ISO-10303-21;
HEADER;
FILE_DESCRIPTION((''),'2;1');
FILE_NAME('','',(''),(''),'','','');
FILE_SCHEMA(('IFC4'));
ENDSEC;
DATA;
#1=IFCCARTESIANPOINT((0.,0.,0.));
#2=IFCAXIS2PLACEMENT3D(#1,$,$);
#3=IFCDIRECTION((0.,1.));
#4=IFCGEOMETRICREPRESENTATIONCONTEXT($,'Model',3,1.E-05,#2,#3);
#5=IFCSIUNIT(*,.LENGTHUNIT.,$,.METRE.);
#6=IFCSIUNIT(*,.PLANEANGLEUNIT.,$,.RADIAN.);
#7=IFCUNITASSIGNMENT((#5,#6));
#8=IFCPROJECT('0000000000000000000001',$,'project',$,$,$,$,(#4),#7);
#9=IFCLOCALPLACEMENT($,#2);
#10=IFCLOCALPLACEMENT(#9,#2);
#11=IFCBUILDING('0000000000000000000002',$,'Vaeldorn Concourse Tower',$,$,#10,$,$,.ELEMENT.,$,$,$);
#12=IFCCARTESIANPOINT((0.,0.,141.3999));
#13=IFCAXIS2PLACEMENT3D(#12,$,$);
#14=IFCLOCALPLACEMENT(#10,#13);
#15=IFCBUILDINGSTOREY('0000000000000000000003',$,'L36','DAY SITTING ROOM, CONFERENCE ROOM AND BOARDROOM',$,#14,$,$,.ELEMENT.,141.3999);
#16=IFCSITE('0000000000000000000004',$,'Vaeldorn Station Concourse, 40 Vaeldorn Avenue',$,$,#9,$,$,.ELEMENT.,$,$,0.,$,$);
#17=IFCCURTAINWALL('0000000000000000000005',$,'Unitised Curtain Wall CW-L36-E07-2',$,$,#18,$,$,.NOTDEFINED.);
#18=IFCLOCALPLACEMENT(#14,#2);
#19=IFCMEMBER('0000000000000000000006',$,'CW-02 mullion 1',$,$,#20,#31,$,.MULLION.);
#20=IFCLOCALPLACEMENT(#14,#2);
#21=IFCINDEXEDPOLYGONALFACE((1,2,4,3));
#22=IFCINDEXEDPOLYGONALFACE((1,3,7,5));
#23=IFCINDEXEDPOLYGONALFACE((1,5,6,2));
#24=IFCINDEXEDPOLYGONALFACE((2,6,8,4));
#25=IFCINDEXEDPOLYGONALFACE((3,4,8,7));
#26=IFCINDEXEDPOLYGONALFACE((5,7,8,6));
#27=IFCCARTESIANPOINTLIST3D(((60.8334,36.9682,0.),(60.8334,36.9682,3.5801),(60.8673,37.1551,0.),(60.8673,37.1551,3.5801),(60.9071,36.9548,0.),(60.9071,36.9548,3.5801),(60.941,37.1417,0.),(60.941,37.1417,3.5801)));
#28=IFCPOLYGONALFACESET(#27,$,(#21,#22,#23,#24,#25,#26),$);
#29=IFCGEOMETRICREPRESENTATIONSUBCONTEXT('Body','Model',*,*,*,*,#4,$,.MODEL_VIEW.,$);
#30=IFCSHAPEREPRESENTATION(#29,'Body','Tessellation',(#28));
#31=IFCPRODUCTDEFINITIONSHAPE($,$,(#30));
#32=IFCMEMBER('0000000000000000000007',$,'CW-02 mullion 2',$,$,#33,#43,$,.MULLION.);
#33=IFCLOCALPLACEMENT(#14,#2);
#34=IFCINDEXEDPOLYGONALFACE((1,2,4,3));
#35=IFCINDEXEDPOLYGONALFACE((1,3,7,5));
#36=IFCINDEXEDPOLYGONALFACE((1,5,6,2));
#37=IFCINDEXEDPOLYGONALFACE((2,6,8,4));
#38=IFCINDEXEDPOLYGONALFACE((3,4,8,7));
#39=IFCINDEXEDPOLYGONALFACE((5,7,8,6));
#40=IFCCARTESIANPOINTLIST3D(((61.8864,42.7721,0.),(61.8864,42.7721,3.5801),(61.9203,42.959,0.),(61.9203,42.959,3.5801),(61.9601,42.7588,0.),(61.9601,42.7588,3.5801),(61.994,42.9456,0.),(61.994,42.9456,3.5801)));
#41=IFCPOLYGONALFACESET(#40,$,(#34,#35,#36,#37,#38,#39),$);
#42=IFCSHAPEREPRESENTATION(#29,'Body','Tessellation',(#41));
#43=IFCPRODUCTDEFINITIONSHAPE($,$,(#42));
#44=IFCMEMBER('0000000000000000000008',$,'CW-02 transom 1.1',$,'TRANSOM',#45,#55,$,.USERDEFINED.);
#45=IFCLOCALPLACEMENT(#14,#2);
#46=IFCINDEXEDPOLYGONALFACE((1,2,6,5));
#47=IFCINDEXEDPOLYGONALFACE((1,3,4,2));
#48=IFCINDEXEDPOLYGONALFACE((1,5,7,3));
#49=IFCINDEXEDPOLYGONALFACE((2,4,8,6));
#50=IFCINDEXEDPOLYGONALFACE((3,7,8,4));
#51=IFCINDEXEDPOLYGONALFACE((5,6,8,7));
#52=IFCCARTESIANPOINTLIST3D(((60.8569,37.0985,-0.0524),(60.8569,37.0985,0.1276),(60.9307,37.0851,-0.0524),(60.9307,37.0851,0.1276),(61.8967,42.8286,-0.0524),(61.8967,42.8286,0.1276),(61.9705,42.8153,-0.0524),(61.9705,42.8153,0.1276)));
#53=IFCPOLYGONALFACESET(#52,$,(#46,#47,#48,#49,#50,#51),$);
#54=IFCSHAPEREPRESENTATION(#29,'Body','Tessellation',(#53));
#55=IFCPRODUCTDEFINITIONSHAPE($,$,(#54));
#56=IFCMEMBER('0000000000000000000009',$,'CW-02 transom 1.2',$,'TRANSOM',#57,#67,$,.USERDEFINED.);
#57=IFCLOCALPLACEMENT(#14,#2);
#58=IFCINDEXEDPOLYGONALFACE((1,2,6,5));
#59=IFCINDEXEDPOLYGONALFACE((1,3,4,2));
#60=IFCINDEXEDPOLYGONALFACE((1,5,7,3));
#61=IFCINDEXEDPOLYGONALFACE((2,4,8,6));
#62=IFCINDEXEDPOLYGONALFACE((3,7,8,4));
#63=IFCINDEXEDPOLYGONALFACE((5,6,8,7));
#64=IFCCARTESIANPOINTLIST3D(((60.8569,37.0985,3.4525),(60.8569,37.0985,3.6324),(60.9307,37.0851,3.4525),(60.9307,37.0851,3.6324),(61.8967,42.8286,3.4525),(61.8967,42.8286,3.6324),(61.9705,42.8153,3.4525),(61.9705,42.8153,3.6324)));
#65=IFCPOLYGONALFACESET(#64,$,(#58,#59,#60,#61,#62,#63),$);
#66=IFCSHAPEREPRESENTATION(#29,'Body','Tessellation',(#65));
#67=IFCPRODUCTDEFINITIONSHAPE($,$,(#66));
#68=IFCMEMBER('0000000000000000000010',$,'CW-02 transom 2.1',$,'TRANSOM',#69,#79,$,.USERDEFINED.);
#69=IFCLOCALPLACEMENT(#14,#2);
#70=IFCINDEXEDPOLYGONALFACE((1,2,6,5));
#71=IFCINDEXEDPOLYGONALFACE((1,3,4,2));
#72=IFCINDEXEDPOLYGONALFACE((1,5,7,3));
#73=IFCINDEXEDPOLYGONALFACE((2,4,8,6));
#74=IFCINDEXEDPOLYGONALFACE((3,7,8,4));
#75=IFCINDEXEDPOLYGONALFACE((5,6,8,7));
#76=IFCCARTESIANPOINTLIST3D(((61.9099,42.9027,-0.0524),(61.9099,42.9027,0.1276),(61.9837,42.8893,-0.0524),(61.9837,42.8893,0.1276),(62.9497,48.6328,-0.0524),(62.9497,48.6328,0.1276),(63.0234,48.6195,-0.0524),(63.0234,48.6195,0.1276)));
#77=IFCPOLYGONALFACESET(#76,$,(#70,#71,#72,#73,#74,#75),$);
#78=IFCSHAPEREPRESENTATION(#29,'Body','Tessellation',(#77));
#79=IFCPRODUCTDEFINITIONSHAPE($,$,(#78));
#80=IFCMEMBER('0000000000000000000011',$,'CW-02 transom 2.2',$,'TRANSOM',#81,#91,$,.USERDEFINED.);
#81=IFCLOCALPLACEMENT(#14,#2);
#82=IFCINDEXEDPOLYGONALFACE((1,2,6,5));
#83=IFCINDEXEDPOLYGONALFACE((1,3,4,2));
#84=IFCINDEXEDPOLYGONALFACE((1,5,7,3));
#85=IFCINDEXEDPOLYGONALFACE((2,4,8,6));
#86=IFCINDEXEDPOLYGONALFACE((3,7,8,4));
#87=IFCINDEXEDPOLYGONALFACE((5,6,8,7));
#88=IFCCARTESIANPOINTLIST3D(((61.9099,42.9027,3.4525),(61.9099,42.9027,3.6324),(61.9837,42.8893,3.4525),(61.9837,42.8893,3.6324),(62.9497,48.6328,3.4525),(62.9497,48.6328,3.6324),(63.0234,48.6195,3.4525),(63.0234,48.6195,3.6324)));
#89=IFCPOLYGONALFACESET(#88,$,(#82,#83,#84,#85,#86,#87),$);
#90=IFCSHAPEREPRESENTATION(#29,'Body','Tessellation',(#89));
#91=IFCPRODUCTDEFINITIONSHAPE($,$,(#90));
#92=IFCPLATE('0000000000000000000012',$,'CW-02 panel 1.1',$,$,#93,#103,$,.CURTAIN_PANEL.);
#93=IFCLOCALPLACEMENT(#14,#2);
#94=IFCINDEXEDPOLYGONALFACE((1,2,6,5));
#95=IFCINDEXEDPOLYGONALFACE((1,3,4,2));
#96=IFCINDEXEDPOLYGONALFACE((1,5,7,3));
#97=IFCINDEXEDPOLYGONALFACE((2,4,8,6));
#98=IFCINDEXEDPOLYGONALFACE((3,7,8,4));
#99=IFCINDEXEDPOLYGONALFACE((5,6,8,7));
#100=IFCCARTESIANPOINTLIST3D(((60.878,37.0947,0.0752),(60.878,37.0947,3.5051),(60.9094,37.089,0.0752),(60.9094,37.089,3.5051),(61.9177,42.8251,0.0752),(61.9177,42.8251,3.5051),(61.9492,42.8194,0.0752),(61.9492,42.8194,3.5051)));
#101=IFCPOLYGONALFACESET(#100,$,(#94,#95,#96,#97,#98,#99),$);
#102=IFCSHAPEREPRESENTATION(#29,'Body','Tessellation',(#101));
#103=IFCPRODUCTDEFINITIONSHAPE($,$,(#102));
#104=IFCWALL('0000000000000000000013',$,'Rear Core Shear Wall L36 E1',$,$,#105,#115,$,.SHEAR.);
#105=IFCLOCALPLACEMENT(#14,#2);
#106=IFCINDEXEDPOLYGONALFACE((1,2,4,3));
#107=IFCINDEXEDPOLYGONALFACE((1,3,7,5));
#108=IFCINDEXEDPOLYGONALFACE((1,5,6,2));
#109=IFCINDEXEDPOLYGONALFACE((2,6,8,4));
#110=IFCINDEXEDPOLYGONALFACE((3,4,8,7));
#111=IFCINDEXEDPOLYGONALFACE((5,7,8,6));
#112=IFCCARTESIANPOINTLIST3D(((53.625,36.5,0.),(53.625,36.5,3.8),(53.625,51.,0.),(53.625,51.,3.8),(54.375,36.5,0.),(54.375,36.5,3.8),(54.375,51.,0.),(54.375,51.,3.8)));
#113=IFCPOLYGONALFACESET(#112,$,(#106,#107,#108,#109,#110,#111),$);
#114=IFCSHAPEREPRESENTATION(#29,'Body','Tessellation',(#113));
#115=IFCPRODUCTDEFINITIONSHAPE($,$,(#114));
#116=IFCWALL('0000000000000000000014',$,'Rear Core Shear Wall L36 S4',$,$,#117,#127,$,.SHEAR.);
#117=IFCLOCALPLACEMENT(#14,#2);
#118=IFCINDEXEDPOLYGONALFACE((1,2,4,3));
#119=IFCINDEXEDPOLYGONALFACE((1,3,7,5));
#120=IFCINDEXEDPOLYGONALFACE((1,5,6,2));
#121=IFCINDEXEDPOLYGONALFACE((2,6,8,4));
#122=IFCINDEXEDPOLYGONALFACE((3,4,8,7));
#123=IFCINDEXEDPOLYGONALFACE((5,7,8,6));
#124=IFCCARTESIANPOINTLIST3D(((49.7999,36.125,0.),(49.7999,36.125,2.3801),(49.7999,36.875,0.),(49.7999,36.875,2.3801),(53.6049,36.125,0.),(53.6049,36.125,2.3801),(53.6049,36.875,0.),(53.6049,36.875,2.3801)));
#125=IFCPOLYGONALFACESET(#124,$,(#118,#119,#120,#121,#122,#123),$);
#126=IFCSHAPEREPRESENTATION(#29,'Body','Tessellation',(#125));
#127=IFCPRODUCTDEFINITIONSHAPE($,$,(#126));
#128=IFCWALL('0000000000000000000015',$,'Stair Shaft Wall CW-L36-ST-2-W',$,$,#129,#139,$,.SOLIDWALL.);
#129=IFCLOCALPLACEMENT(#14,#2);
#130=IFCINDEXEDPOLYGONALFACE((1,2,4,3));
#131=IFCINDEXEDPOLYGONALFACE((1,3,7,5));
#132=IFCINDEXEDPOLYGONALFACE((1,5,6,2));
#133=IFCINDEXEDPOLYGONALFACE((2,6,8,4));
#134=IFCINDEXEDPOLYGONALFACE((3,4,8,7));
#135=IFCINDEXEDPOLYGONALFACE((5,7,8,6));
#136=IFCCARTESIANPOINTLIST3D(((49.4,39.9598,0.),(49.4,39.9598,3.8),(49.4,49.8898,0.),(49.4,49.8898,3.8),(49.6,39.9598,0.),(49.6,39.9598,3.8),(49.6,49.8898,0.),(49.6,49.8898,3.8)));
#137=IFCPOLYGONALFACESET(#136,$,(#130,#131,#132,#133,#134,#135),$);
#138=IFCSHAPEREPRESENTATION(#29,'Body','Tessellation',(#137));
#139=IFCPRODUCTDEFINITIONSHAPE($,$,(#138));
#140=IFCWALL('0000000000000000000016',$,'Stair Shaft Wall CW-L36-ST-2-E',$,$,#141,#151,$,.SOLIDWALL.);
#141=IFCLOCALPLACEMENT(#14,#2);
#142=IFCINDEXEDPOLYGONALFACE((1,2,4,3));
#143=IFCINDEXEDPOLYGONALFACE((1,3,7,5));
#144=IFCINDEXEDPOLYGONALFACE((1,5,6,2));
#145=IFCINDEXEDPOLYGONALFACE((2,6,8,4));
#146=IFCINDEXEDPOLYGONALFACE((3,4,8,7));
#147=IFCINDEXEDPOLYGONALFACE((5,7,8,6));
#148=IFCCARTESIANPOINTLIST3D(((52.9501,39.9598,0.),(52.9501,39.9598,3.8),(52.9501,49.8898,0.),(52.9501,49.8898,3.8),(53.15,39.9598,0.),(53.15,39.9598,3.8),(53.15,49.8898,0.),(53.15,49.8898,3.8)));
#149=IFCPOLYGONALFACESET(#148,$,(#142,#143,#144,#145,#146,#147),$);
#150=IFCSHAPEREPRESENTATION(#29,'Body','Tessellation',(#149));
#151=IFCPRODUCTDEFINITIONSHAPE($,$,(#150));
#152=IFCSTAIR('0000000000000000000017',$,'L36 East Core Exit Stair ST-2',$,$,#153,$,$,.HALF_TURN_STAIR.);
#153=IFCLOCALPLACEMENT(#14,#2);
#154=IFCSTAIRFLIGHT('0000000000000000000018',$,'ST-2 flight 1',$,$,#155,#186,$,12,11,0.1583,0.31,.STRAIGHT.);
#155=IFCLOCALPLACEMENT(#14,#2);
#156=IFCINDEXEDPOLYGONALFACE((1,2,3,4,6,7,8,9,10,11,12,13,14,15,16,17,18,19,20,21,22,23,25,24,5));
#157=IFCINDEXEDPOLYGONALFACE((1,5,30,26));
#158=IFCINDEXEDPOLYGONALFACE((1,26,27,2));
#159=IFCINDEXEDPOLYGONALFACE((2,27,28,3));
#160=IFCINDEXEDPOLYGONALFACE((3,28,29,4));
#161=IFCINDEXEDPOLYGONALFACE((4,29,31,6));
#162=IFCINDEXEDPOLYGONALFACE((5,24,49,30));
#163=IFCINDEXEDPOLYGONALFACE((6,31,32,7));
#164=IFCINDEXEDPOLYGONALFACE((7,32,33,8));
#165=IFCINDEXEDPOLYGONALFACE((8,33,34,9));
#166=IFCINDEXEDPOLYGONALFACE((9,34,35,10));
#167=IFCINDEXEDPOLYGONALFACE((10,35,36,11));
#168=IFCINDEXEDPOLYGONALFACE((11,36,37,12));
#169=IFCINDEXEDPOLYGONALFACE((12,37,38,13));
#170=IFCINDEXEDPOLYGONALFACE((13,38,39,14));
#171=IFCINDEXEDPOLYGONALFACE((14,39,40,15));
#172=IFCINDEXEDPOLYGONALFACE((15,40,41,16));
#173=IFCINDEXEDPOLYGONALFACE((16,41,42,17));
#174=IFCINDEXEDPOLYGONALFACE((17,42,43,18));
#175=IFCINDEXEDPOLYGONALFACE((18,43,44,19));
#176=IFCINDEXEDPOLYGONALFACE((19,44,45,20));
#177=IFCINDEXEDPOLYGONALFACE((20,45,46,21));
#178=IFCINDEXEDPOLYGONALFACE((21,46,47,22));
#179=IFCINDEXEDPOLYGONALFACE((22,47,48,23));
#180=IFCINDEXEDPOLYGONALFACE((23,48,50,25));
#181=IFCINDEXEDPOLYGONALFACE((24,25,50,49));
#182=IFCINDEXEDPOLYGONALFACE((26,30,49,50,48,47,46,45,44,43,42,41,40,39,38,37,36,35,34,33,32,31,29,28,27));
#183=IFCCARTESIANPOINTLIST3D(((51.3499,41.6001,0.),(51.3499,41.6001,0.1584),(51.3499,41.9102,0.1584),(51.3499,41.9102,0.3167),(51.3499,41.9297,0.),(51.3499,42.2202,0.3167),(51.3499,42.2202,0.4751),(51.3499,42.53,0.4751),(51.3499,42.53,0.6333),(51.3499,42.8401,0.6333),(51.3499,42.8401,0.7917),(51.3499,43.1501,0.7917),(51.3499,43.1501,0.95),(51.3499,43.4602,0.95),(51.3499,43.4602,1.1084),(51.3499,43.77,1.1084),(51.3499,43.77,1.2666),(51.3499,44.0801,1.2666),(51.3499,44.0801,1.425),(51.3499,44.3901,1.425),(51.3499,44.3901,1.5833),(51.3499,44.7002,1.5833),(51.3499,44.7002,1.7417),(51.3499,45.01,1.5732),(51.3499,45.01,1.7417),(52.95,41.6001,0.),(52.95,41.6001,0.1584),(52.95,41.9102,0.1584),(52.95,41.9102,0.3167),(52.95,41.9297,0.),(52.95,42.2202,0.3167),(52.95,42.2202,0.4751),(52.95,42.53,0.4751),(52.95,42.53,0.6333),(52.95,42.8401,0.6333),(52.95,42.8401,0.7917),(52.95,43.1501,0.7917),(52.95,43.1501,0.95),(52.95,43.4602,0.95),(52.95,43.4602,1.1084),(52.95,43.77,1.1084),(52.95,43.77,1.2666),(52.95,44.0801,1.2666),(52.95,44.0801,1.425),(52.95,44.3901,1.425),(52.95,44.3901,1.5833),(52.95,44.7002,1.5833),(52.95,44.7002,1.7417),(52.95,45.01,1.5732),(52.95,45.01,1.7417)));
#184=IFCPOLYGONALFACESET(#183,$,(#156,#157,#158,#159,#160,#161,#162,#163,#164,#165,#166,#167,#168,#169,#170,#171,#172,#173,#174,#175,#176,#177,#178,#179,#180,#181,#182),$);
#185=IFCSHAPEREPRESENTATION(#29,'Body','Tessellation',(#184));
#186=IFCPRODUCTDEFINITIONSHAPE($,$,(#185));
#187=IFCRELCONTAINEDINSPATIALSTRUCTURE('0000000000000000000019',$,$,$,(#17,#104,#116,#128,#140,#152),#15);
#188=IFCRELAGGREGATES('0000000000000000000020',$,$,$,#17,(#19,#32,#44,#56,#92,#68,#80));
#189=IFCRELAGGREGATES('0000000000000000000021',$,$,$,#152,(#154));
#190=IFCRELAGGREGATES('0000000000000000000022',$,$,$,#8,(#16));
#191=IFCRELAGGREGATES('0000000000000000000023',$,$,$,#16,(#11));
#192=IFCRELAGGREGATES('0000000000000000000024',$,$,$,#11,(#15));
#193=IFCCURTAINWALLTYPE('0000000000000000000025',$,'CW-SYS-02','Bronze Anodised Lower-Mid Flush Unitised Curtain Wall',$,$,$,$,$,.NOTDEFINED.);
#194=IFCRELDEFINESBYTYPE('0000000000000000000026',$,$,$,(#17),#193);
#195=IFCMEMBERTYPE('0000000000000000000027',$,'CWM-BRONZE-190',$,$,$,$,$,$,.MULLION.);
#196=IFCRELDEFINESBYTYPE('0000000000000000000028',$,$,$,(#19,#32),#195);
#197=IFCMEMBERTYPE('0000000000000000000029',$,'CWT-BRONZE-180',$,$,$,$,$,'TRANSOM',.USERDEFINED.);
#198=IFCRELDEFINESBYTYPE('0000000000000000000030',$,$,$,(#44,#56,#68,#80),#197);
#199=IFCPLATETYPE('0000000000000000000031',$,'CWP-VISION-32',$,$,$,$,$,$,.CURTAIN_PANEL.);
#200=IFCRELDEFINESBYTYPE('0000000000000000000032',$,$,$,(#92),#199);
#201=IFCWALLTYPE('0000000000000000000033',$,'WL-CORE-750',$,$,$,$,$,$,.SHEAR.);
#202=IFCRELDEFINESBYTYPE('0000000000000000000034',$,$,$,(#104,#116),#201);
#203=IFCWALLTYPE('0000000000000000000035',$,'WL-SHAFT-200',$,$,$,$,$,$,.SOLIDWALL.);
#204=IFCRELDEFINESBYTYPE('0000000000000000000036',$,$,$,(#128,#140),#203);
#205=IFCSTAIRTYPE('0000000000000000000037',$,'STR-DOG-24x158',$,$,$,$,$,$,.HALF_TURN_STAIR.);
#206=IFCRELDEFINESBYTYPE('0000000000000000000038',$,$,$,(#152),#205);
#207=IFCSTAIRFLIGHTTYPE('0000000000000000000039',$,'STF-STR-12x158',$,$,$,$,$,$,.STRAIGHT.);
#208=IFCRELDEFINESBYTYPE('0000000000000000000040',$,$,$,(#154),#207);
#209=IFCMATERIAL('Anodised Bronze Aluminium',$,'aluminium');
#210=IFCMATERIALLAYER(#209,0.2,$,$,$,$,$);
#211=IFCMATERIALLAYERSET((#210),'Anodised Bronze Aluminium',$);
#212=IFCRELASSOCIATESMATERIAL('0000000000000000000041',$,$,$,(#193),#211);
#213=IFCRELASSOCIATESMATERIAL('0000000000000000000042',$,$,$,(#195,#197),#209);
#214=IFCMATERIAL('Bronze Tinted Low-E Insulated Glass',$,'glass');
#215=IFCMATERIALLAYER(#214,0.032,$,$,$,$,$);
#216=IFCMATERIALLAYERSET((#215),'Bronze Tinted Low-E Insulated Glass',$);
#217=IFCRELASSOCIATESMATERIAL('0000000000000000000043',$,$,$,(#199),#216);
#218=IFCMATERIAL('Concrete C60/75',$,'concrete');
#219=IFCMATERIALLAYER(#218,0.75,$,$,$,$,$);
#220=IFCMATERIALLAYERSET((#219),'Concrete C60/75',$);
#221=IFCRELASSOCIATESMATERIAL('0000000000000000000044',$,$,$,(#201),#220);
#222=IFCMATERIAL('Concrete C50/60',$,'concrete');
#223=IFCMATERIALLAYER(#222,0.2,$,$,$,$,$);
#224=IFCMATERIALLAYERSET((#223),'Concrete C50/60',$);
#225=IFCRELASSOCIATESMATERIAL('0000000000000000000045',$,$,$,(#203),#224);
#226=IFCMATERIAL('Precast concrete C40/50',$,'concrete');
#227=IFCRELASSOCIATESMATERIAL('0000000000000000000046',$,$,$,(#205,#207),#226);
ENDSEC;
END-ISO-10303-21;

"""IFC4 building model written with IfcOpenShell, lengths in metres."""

from ifc_helpers import new_model, si_unit, direction, frame, frame_2d, origin, origin_2d, place, context, subcontext, project, spatial, polyline, rectangle, outline, extrude, source, transform, mapped, material, layer, layer_set, material_profile, profile_set, type_object, element, aggregate, save


model = new_model("IFC4")

# Units and contexts
model_context = context("Model", 3, precision=1e-05, world=origin(), true_north=direction((0.0, 1.0)))
body_context = subcontext(model_context, "Body", "Model", "MODEL_VIEW")
ifc_project = project(units=[si_unit("LENGTHUNIT", "METRE"), si_unit("PLANEANGLEUNIT", "RADIAN")], contexts=[model_context])

# Site, building, storey
site_placement = place(None, origin())
site = spatial("IfcSite", under=ifc_project, at=site_placement, Name="Vaeldorn Station Concourse, 40 Vaeldorn Avenue", CompositionType="ELEMENT", RefElevation=0.0)
building_placement = place(site_placement, origin())
building = spatial("IfcBuilding", under=site, at=building_placement, Name="Vaeldorn Concourse Tower", CompositionType="ELEMENT")
storey_placement = place(building_placement, frame((0.0, 0.0, 141.3999)))
storey = spatial("IfcBuildingStorey", under=building, at=storey_placement, Name="L36", Description="DAY SITTING ROOM, CONFERENCE ROOM AND BOARDROOM", CompositionType="ELEMENT", Elevation=141.3999)

# Shared definitions
ifc_material_1 = material(Name="Concrete C50/60", Category="concrete")

# Curtain wall, members, plate
ifc_material_2 = material(Name="Anodised Bronze Aluminium", Category="aluminium")
ifc_layer_1 = layer(ifc_material_2, 0.2)
ifc_layer_set_1 = layer_set([ifc_layer_1], Name="Anodised Bronze Aluminium")
curtain_wall_type = type_object("IfcCurtainWallType", Name="CW-SYS-02", Description="Bronze Anodised Lower-Mid Flush Unitised Curtain Wall", PredefinedType="NOTDEFINED", material=ifc_layer_set_1)
curtain_wall_placement = place(storey_placement, origin())
curtain_wall = element("IfcCurtainWall", 1, at=curtain_wall_placement, inside=storey, type_object=curtain_wall_type, Name="Unitised Curtain Wall CW-L36-E07-2", PredefinedType="NOTDEFINED")
ifc_material_profile_1 = material_profile(ifc_material_2, rectangle(XDim=0.075, YDim=0.1899, at=origin_2d()), Name="CWM 75x190")
ifc_profile_set_1 = profile_set([ifc_material_profile_1], Name="Anodised Bronze Aluminium")
member_type_1 = type_object("IfcMemberType", Name="CWM-BRONZE-190", PredefinedType="MULLION", material=ifc_profile_set_1)
shared_shape_1 = source(origin(), body_context, "Body", "SweptSolid", [
    extrude(rectangle(XDim=0.075, YDim=0.1899, at=origin_2d()), origin(), (0.0, 0.0, 1.0), 3.5801),
])
member_1_placement = place(storey_placement, frame((60.8872, 37.0549, 0.0), z_axis=(0.0, 0.0, 1.0), x_axis=(-0.983935, 0.178527, 0.0)))
member_1 = element("IfcMember", 2, at=member_1_placement, type_object=member_type_1, Name="CW-02 mullion 1", PredefinedType="MULLION", context=body_context, shape_type="MappedRepresentation", body=[
    mapped(shared_shape_1, transform((0.0, 0.0, 0.0), scale=1.0)),
])
member_2_placement = place(storey_placement, frame((61.9402, 42.8589, 0.0), z_axis=(0.0, 0.0, 1.0), x_axis=(-0.983935, 0.178527, 0.0)))
member_2 = element("IfcMember", 3, at=member_2_placement, type_object=member_type_1, Name="CW-02 mullion 2", PredefinedType="MULLION", context=body_context, shape_type="MappedRepresentation", body=[
    mapped(shared_shape_1, transform((0.0, 0.0, 0.0), scale=1.0)),
])
ifc_material_profile_2 = material_profile(ifc_material_2, rectangle(XDim=0.075, YDim=0.1799, at=origin_2d()), Name="CWT 75x180")
ifc_profile_set_2 = profile_set([ifc_material_profile_2], Name="Anodised Bronze Aluminium")
member_type_2 = type_object("IfcMemberType", Name="CWT-BRONZE-180", ElementType="TRANSOM", PredefinedType="USERDEFINED", material=ifc_profile_set_2)
shared_shape_2 = source(origin(), body_context, "Body", "SweptSolid", [
    extrude(rectangle(XDim=0.075, YDim=0.1799, at=origin_2d()), origin(), (0.0, 0.0, 1.0), 5.8237),
])
member_3_placement = place(storey_placement, frame((60.8938, 37.0918, 0.0376), z_axis=(0.178542, 0.983932, 0.0), x_axis=(-0.983932, 0.178542, 0.0)))
member_3 = element("IfcMember", 4, at=member_3_placement, type_object=member_type_2, Name="CW-02 transom 1.1", ObjectType="TRANSOM", PredefinedType="USERDEFINED", context=body_context, shape_type="MappedRepresentation", body=[
    mapped(shared_shape_2, transform((0.0, 0.0, 0.0), scale=1.0)),
])
member_4_placement = place(storey_placement, frame((60.8938, 37.0918, 3.5425), z_axis=(0.178542, 0.983932, 0.0), x_axis=(-0.983932, 0.178542, 0.0)))
member_4 = element("IfcMember", 5, at=member_4_placement, type_object=member_type_2, Name="CW-02 transom 1.2", ObjectType="TRANSOM", PredefinedType="USERDEFINED", context=body_context, shape_type="MappedRepresentation", body=[
    mapped(shared_shape_2, transform((0.0, 0.0, 0.0), scale=1.0)),
])
member_5_placement = place(storey_placement, frame((61.9468, 42.896, 0.0376), z_axis=(0.178542, 0.983932, 0.0), x_axis=(-0.983932, 0.178542, 0.0)))
member_5 = element("IfcMember", 6, at=member_5_placement, type_object=member_type_2, Name="CW-02 transom 2.1", ObjectType="TRANSOM", PredefinedType="USERDEFINED", context=body_context, shape_type="MappedRepresentation", body=[
    mapped(shared_shape_2, transform((0.0, 0.0, 0.0), scale=1.0)),
])
member_6_placement = place(storey_placement, frame((61.9468, 42.896, 3.5425), z_axis=(0.178542, 0.983932, 0.0), x_axis=(-0.983932, 0.178542, 0.0)))
member_6 = element("IfcMember", 7, at=member_6_placement, type_object=member_type_2, Name="CW-02 transom 2.2", ObjectType="TRANSOM", PredefinedType="USERDEFINED", context=body_context, shape_type="MappedRepresentation", body=[
    mapped(shared_shape_2, transform((0.0, 0.0, 0.0), scale=1.0)),
])
ifc_material_3 = material(Name="Bronze Tinted Low-E Insulated Glass", Category="glass")
ifc_layer_2 = layer(ifc_material_3, 0.032)
ifc_layer_set_2 = layer_set([ifc_layer_2], Name="Bronze Tinted Low-E Insulated Glass")
plate_type = type_object("IfcPlateType", Name="CWP-VISION-32", PredefinedType="CURTAIN_PANEL", material=ifc_layer_set_2)
shared_shape_3 = source(origin(), body_context, "Body", "SweptSolid", [
    extrude(rectangle(XDim=5.824, YDim=0.032, at=origin_2d()), origin(), (0.0, 0.0, 1.0), 3.4299),
])
plate_placement = place(storey_placement, frame((61.4136, 39.957, 0.0752), z_axis=(0.0, 0.0, 1.0), x_axis=(0.178527, 0.983935, 0.0)))
plate = element("IfcPlate", 8, at=plate_placement, type_object=plate_type, Name="CW-02 panel 1.1", PredefinedType="CURTAIN_PANEL", context=body_context, shape_type="MappedRepresentation", body=[
    mapped(shared_shape_3, transform((0.0, 0.0, 0.0), scale=1.0)),
])
aggregate(curtain_wall, [member_1, member_2, member_3, member_4, plate, member_5, member_6])

# Walls
ifc_material_4 = material(Name="Concrete C60/75", Category="concrete")
ifc_layer_3 = layer(ifc_material_4, 0.75)
ifc_layer_set_3 = layer_set([ifc_layer_3], Name="Concrete C60/75")
wall_type_1 = type_object("IfcWallType", Name="WL-CORE-750", PredefinedType="SHEAR", material=ifc_layer_set_3)
wall_1_placement = place(storey_placement, frame((54.0, 36.5, 0.0), z_axis=(0.0, 0.0, 1.0), x_axis=(0.0, 1.0, 0.0)))
element("IfcWall", 9, at=wall_1_placement, inside=storey, type_object=wall_type_1, Name="Rear Core Shear Wall L36 E1", PredefinedType="SHEAR", context=body_context, shape_type="SweptSolid", body=[
    extrude(rectangle(XDim=14.5, YDim=0.75, at=frame_2d((7.25, 0.0))), origin(), (0.0, 0.0, 1.0), 3.8),
])
wall_2_placement = place(storey_placement, frame((49.8, 36.5, 0.0), z_axis=(0.0, 0.0, 1.0), x_axis=(1.0, 0.0, 0.0)))
element("IfcWall", 10, at=wall_2_placement, inside=storey, type_object=wall_type_1, Name="Rear Core Shear Wall L36 S4", PredefinedType="SHEAR", context=body_context, shape_type="SweptSolid", body=[
    extrude(rectangle(XDim=3.8049, YDim=0.75, at=frame_2d((1.9023, 0.0))), origin(), (0.0, 0.0, 1.0), 2.3801),
])
ifc_layer_4 = layer(ifc_material_1, 0.2)
ifc_layer_set_4 = layer_set([ifc_layer_4], Name="Concrete C50/60")
wall_type_2 = type_object("IfcWallType", Name="WL-SHAFT-200", PredefinedType="SOLIDWALL", material=ifc_layer_set_4)
for number, where, z_axis, x_axis, name in (
    (11, (49.5, 39.96, 0.0), (0.0, 0.0, 1.0), (0.0, 1.0, 0.0), "Stair Shaft Wall CW-L36-ST-2-W"),
    (12, (53.05, 39.96, 0.0), (0.0, 0.0, 1.0), (0.0, 1.0, 0.0), "Stair Shaft Wall CW-L36-ST-2-E"),
):
    element("IfcWall", number, at=place(storey_placement, frame(where, z_axis=z_axis, x_axis=x_axis)), inside=storey, type_object=wall_type_2, Name=name, PredefinedType="SOLIDWALL", context=body_context, shape_type="SweptSolid", body=[
        extrude(rectangle(XDim=9.9299, YDim=0.2, at=frame_2d((4.9648, 0.0))), origin(), (0.0, 0.0, 1.0), 3.8),
    ])

# Stair, stair flight
ifc_material_5 = material(Name="Precast concrete C40/50", Category="concrete")
stair_type = type_object("IfcStairType", Name="STR-DOG-24x158", PredefinedType="HALF_TURN_STAIR", material=ifc_material_5)
stair_placement = place(storey_placement, origin())
stair = element("IfcStair", 13, at=stair_placement, inside=storey, type_object=stair_type, Name="L36 East Core Exit Stair ST-2", PredefinedType="HALF_TURN_STAIR")
stair_flight_type = type_object("IfcStairFlightType", Name="STF-STR-12x158", PredefinedType="STRAIGHT", material=ifc_material_5)
stair_flight_placement = place(storey_placement, frame((52.1499, 41.6001, 0.0), z_axis=(0.0, 0.0, 1.0), x_axis=(0.0, 1.0, 0.0)))
stair_flight = element("IfcStairFlight", 14, at=stair_flight_placement, type_object=stair_flight_type, Name="ST-2 flight 1", NumberOfRisers=12, NumberOfTreads=11, PredefinedType="STRAIGHT", RiserHeight=0.1583, TreadLength=0.31, context=body_context, shape_type="SweptSolid", body=[
    extrude(outline(polyline([(0.0, 0.0), (0.0, 0.1584), (0.3101, 0.1584), (0.3101, 0.3167), (0.6201, 0.3167), (0.6201, 0.4751), (0.9299, 0.4751), (0.9299, 0.6333), (1.24, 0.6333), (1.24, 0.7917), (1.55, 0.7917), (1.55, 0.95), (1.8601, 0.95), (1.8601, 1.1084), (2.1699, 1.1084), (2.1699, 1.2666), (2.48, 1.2666), (2.48, 1.425), (2.79, 1.425), (2.79, 1.5833), (3.1001, 1.5833), (3.1001, 1.7417), (3.4099, 1.7417), (3.4099, 1.8999), (3.4099, 1.5732), (0.3296, 0.0), (0.0, 0.0)])), frame((0.0, 0.8, 0.0), z_axis=(0.0, -1.0, 0.0), x_axis=(1.0, 0.0, 0.0)), (0.0, 0.0, 1.0), 1.6001),
])
aggregate(stair, [stair_flight])

save(model, "model.ifc")
